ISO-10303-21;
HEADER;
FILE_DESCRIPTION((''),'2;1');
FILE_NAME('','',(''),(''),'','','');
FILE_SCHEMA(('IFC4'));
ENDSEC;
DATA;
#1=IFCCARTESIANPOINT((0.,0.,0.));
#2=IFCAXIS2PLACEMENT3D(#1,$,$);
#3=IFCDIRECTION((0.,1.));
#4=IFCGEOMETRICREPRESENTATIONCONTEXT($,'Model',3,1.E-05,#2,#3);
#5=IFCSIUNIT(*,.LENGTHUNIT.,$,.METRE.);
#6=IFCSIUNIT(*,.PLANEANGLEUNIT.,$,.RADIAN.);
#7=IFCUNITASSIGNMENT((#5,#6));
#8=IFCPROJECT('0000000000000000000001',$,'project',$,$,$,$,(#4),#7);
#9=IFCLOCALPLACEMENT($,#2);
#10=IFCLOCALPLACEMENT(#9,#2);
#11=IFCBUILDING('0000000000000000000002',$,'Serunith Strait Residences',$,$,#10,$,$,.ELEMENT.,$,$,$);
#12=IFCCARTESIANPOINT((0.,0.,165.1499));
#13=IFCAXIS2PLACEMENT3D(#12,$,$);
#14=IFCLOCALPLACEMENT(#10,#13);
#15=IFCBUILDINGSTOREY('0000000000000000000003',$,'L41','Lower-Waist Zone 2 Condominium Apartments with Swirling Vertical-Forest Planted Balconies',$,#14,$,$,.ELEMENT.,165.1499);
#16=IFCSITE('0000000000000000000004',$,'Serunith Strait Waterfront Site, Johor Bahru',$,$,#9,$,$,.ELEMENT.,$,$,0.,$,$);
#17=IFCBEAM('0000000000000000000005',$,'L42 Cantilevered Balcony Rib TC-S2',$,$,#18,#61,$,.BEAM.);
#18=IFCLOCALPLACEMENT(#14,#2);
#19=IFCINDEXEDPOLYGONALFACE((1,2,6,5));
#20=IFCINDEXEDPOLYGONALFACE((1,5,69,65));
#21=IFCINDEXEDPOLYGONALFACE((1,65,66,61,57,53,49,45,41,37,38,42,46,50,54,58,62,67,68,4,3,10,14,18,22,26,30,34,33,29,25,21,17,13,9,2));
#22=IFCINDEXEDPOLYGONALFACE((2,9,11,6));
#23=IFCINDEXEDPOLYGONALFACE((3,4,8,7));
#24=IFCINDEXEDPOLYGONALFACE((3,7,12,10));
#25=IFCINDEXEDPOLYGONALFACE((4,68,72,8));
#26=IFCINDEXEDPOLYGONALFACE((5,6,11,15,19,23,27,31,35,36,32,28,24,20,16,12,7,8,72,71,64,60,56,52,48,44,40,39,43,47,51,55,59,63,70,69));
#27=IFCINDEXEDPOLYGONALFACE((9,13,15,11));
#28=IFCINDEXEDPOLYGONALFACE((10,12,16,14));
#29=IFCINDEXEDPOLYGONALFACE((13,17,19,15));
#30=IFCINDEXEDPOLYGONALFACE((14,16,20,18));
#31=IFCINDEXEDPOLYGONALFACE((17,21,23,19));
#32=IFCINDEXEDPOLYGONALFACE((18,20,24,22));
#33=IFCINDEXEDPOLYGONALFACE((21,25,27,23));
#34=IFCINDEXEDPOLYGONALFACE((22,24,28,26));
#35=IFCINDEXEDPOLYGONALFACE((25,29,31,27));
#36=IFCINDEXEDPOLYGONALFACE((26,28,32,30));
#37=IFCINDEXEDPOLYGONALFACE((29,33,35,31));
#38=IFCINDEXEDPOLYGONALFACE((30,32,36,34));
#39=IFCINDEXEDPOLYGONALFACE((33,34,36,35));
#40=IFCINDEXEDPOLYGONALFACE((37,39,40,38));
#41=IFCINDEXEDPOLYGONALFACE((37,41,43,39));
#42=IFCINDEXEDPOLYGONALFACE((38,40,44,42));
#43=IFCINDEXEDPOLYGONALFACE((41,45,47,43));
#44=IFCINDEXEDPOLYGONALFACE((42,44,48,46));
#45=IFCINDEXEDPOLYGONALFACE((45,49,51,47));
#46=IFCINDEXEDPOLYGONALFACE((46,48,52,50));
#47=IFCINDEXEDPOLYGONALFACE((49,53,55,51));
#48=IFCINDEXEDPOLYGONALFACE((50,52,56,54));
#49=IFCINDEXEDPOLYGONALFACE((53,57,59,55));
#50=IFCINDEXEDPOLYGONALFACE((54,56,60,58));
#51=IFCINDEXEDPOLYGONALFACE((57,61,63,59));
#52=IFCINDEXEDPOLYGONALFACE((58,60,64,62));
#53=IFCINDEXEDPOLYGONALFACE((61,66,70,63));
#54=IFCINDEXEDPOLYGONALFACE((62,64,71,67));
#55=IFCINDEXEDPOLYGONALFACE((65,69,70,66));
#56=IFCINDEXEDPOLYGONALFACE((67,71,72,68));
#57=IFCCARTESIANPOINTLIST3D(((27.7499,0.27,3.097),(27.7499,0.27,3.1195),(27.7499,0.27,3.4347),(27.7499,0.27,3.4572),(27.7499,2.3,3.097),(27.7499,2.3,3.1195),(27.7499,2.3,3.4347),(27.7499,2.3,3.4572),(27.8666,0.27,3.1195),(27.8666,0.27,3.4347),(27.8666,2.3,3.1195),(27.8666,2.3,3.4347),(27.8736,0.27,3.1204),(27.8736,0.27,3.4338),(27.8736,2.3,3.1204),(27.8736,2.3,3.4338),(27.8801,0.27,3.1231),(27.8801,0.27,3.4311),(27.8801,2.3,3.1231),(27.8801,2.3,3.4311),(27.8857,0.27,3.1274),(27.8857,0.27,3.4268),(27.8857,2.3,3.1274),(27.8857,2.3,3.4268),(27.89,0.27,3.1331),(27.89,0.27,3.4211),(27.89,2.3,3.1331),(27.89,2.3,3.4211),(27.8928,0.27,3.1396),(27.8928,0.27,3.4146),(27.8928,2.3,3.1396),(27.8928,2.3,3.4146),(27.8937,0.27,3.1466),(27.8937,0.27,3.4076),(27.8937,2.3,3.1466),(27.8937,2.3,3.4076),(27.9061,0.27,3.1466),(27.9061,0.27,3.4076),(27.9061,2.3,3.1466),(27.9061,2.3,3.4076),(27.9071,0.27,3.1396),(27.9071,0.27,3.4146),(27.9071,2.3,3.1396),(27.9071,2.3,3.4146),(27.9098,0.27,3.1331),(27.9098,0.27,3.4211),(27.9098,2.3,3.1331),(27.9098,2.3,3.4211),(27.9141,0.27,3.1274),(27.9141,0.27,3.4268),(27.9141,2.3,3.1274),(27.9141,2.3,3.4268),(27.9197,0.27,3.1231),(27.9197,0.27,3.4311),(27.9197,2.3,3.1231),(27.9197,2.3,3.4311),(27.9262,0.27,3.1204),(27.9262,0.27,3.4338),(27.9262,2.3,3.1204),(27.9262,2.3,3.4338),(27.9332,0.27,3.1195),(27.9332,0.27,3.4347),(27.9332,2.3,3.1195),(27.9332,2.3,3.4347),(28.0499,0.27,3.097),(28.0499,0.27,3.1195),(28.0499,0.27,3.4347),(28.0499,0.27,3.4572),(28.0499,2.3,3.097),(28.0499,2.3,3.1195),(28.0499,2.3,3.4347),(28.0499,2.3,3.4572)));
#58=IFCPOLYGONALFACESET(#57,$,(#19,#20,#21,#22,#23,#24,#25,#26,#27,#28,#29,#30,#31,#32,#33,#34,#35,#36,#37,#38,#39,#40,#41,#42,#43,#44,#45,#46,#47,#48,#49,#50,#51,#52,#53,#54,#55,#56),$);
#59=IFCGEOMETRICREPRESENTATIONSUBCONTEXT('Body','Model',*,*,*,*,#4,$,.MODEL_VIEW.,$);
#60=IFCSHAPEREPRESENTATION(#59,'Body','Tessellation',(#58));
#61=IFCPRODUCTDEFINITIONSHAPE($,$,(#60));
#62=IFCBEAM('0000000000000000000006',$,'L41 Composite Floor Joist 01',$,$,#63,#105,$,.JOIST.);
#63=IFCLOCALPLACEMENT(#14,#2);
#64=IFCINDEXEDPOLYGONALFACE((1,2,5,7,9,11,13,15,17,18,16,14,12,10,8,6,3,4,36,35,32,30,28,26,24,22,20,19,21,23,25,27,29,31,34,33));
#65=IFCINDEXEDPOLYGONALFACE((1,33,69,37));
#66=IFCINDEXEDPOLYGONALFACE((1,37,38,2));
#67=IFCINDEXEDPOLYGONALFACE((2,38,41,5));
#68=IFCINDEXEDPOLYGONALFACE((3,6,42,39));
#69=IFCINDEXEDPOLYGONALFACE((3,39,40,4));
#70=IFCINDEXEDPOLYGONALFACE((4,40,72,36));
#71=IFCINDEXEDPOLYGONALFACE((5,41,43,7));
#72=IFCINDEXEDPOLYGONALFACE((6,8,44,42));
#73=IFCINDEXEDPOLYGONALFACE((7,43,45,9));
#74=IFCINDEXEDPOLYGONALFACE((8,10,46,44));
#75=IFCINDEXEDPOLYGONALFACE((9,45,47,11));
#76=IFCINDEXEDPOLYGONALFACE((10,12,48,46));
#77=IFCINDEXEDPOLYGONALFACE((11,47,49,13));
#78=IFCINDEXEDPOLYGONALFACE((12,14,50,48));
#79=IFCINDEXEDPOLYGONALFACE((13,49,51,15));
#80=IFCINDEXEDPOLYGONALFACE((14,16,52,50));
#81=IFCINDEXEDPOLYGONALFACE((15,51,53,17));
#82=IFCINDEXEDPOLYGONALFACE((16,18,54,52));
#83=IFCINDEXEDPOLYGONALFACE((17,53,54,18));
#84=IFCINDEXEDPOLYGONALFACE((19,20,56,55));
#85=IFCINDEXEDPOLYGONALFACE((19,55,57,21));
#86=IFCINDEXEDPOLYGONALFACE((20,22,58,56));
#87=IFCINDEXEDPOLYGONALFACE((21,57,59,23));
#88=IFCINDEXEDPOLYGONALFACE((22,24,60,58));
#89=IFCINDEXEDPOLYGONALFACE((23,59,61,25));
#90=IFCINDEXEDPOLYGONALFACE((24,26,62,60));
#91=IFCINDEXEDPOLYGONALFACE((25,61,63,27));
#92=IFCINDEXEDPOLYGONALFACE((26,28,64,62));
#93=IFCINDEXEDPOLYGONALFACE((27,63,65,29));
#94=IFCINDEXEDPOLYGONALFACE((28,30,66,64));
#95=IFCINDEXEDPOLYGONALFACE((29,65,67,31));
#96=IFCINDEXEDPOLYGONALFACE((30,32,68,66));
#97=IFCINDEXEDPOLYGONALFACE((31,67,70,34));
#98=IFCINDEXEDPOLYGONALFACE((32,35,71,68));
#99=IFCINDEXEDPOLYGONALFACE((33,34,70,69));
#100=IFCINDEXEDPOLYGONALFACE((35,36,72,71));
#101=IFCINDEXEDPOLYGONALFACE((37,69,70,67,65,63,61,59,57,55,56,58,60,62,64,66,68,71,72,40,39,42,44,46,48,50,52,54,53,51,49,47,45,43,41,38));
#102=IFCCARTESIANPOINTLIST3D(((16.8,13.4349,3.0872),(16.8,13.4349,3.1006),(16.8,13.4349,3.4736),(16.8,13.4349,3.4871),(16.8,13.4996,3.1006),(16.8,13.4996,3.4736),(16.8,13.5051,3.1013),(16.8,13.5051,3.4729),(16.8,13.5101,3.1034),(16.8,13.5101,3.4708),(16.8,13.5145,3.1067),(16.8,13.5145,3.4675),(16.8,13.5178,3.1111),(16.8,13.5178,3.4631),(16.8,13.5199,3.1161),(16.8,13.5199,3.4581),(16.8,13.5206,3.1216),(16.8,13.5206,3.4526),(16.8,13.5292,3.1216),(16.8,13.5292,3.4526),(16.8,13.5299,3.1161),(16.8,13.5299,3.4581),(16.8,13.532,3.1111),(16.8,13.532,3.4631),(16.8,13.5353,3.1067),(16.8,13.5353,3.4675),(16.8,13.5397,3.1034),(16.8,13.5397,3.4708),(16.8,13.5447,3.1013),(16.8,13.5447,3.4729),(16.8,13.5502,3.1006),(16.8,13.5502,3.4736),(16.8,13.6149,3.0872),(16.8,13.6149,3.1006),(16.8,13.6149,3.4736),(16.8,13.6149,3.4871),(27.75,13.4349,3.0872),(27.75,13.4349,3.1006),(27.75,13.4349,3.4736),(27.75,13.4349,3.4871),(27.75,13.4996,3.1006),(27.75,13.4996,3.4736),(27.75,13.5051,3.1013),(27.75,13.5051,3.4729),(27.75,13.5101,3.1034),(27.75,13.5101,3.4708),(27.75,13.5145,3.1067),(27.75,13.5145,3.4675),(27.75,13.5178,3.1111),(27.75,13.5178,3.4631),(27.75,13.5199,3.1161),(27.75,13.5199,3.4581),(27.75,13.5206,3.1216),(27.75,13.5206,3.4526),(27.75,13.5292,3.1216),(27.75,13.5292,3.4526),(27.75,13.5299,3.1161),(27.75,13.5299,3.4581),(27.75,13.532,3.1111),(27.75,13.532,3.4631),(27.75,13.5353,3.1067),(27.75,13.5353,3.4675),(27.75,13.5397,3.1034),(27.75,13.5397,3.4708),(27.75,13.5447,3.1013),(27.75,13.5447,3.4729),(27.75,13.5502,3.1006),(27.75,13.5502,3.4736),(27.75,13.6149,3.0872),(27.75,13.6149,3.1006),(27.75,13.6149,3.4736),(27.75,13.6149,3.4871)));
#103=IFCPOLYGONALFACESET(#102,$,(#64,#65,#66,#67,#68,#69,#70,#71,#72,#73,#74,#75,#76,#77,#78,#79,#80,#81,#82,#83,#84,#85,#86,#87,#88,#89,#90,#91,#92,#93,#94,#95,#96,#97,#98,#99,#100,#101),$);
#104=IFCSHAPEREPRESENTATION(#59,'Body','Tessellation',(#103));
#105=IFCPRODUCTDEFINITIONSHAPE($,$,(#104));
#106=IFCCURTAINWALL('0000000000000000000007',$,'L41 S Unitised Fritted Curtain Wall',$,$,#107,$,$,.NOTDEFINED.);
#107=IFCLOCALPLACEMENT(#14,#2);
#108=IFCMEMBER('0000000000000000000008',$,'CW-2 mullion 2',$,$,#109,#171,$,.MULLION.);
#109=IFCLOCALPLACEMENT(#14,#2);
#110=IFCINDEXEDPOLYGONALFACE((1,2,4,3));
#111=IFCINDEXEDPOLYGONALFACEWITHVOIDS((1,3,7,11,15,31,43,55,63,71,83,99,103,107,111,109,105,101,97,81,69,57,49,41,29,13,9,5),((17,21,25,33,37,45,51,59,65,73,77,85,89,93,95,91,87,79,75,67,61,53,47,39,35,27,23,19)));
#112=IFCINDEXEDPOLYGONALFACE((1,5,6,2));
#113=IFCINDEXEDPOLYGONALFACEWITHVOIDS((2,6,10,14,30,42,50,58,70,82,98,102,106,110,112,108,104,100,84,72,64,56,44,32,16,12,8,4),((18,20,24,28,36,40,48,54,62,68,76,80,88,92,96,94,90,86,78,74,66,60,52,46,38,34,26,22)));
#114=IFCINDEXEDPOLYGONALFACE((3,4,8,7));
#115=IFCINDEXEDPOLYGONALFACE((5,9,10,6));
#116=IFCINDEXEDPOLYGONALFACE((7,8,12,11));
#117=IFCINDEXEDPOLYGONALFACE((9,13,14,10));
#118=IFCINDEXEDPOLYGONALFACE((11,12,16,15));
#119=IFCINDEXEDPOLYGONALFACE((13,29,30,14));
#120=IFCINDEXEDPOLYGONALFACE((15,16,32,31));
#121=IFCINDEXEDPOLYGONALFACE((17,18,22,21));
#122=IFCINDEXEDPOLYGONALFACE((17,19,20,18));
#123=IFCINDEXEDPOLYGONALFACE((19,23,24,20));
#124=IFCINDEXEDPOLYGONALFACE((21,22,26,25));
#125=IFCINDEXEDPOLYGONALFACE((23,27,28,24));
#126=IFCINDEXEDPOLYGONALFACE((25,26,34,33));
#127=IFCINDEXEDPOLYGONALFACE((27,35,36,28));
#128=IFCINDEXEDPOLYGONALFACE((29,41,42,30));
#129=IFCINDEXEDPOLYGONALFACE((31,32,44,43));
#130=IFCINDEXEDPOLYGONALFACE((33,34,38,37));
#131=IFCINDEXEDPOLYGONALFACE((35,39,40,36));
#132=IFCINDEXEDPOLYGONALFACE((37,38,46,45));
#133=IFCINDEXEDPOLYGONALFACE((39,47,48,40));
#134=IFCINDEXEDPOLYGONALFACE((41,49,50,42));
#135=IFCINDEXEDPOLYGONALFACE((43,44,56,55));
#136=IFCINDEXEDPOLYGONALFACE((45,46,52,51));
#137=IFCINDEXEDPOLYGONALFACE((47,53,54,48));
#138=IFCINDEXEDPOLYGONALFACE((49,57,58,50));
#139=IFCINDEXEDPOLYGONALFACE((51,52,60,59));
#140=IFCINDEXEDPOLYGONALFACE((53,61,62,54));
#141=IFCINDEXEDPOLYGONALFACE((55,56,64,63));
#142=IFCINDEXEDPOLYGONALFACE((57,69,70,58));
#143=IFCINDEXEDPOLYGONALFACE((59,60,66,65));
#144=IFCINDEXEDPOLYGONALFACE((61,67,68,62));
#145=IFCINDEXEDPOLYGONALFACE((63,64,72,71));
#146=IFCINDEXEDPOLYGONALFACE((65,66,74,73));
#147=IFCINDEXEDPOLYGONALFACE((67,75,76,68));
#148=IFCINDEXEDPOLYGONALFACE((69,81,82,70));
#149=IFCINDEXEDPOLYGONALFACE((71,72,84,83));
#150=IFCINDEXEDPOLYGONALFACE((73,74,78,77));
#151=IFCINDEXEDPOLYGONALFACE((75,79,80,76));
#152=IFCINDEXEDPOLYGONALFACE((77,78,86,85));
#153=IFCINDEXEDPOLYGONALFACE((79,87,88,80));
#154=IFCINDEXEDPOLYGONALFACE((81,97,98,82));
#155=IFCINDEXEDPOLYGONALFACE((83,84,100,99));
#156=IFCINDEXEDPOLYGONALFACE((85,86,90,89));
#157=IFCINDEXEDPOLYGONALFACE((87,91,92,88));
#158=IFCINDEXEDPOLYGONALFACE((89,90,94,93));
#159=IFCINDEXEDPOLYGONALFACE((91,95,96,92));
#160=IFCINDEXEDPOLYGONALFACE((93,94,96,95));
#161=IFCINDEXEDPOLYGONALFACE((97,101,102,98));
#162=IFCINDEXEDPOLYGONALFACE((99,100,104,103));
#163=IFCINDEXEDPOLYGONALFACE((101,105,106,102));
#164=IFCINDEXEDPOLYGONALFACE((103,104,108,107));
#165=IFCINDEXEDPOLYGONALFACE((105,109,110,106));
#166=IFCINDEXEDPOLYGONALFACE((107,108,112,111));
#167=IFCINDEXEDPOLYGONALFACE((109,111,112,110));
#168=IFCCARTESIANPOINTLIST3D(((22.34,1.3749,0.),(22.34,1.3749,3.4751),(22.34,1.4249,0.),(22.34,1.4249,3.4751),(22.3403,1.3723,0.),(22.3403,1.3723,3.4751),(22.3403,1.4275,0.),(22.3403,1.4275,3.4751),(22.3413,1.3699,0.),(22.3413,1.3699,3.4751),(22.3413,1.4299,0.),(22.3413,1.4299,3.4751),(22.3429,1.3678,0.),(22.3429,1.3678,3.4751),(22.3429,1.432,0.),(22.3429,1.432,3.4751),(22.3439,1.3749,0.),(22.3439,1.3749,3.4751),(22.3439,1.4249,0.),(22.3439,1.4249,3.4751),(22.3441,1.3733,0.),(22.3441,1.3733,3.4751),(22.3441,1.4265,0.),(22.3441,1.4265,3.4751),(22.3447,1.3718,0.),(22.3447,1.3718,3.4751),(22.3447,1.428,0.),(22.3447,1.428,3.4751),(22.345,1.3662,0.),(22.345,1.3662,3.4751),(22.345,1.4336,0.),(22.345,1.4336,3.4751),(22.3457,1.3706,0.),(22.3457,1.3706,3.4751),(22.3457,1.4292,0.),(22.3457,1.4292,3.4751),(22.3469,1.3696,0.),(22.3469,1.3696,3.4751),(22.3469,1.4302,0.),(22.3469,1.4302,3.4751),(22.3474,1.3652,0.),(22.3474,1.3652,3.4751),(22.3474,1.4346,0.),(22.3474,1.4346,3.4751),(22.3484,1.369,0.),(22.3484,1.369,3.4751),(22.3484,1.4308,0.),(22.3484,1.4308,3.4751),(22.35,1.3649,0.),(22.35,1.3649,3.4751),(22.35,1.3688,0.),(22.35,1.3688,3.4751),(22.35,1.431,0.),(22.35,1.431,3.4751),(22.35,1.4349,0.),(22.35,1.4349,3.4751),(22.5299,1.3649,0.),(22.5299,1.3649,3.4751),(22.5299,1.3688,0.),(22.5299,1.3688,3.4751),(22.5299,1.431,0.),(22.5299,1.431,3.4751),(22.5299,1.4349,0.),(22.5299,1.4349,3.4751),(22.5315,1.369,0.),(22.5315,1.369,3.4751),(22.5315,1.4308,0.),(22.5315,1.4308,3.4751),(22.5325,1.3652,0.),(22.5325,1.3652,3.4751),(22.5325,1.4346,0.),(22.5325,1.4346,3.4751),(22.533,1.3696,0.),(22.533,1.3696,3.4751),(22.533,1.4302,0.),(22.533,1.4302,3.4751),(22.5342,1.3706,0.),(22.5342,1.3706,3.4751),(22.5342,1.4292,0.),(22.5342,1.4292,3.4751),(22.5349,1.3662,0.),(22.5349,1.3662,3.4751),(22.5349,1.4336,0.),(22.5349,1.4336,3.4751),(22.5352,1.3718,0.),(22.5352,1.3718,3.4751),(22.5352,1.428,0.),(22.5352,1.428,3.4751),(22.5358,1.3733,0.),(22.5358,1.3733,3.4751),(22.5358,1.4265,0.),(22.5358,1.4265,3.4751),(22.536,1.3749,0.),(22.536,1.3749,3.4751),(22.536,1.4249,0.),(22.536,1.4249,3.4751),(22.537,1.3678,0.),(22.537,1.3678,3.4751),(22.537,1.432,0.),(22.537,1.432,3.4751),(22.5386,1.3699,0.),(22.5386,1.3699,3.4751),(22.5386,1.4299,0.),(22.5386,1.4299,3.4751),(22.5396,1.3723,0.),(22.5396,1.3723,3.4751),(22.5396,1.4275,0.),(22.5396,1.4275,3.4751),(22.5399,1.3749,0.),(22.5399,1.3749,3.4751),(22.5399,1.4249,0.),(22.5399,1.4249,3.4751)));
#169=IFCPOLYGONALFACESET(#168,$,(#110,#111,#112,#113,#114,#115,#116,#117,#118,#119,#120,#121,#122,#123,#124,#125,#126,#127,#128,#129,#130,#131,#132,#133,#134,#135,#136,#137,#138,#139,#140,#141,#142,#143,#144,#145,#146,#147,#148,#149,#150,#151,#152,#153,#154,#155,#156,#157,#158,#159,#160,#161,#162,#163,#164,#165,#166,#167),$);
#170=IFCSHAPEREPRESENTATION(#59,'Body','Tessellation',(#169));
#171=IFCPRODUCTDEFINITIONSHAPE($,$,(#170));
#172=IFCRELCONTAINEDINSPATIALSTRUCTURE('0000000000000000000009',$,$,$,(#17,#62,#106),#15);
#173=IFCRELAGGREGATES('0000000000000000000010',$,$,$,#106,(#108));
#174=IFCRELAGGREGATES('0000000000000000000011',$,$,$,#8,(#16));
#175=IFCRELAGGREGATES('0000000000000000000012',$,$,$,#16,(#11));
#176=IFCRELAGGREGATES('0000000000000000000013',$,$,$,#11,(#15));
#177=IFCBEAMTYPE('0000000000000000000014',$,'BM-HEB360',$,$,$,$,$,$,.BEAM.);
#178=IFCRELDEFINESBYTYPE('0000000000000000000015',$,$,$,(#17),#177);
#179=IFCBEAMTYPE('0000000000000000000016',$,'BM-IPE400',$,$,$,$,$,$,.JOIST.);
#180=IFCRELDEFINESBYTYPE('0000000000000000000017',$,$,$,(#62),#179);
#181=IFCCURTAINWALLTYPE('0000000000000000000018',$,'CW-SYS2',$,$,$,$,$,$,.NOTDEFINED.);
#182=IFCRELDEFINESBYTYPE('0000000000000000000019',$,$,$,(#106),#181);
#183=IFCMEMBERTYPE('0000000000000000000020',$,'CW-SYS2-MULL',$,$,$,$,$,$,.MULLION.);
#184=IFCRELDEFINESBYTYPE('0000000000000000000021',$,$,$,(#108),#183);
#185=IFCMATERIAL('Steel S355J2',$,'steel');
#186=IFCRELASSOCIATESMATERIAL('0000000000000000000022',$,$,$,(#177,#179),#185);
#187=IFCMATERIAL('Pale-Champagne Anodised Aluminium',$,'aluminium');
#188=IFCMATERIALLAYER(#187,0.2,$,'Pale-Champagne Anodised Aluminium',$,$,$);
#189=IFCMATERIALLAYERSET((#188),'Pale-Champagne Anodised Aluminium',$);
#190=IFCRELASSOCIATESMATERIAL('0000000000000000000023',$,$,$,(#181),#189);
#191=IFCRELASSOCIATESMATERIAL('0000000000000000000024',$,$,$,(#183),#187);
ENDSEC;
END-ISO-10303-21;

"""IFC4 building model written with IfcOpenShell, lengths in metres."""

from ifc_helpers import new_model, si_unit, direction, frame, origin, origin_2d, place, context, subcontext, project, spatial, hollow_rectangle, i_section, extrude, source, transform, mapped, material, layer, layer_set, material_profile, profile_set, type_object, element, aggregate, save


model = new_model("IFC4")

# Units and contexts
model_context = context("Model", 3, precision=1e-05, world=origin(), true_north=direction((0.0, 1.0)))
body_context = subcontext(model_context, "Body", "Model", "MODEL_VIEW")
ifc_project = project(units=[si_unit("LENGTHUNIT", "METRE"), si_unit("PLANEANGLEUNIT", "RADIAN")], contexts=[model_context])

# Site, building, storey
site_placement = place(None, origin())
site = spatial("IfcSite", under=ifc_project, at=site_placement, Name="Serunith Strait Waterfront Site, Johor Bahru", CompositionType="ELEMENT", RefElevation=0.0)
building_placement = place(site_placement, origin())
building = spatial("IfcBuilding", under=site, at=building_placement, Name="Serunith Strait Residences", CompositionType="ELEMENT")
storey_placement = place(building_placement, frame((0.0, 0.0, 165.1499)))
storey = spatial("IfcBuildingStorey", under=building, at=storey_placement, Name="L41", Description="Lower-Waist Zone 2 Condominium Apartments with Swirling Vertical-Forest Planted Balconies", CompositionType="ELEMENT", Elevation=165.1499)

# Beams
ifc_material_1 = material(Name="Steel S355J2", Category="steel")
ifc_material_profile_1 = material_profile(ifc_material_1, i_section(OverallWidth=0.3, OverallDepth=0.3601, WebThickness=0.0125, FlangeThickness=0.0225, FilletRadius=0.0271, at=origin_2d()), Name="HEB 360")
ifc_profile_set_1 = profile_set([ifc_material_profile_1], Name="Steel S355J2")
beam_type_1 = type_object("IfcBeamType", Name="BM-HEB360", PredefinedType="BEAM", material=ifc_profile_set_1)
shared_shape_1 = source(origin(), body_context, "Body", "SweptSolid", [
    extrude(i_section(OverallWidth=0.3, OverallDepth=0.3601, WebThickness=0.0125, FlangeThickness=0.0225, FilletRadius=0.0271, at=origin_2d()), origin(), (0.0, 0.0, 1.0), 2.03),
])
beam_1_placement = place(storey_placement, frame((27.8999, 2.3, 3.2771), z_axis=(0.0, -1.0, 0.0), x_axis=(1.0, 0.0, 0.0)))
element("IfcBeam", 1, at=beam_1_placement, inside=storey, type_object=beam_type_1, Name="L42 Cantilevered Balcony Rib TC-S2", PredefinedType="BEAM", context=body_context, shape_type="MappedRepresentation", body=[
    mapped(shared_shape_1, transform((0.0, 0.0, 0.0), scale=1.0)),
])
ifc_material_profile_2 = material_profile(ifc_material_1, i_section(OverallWidth=0.1799, OverallDepth=0.3999, WebThickness=0.0085, FlangeThickness=0.0134, FilletRadius=0.021, at=origin_2d()), Name="IPE 400")
ifc_profile_set_2 = profile_set([ifc_material_profile_2], Name="Steel S355J2")
beam_type_2 = type_object("IfcBeamType", Name="BM-IPE400", PredefinedType="JOIST", material=ifc_profile_set_2)
shared_shape_2 = source(origin(), body_context, "Body", "SweptSolid", [
    extrude(i_section(OverallWidth=0.1799, OverallDepth=0.3999, WebThickness=0.0085, FlangeThickness=0.0134, FilletRadius=0.021, at=origin_2d()), origin(), (0.0, 0.0, 1.0), 10.95),
])
beam_2_placement = place(storey_placement, frame((16.8, 13.5249, 3.2871), z_axis=(1.0, 0.0, 0.0), x_axis=(0.0, 1.0, 0.0)))
element("IfcBeam", 2, at=beam_2_placement, inside=storey, type_object=beam_type_2, Name="L41 Composite Floor Joist 01", PredefinedType="JOIST", context=body_context, shape_type="MappedRepresentation", body=[
    mapped(shared_shape_2, transform((0.0, 0.0, 0.0), scale=1.0)),
])

# Curtain wall, member
ifc_material_2 = material(Name="Pale-Champagne Anodised Aluminium", Category="aluminium")
ifc_layer_1 = layer(ifc_material_2, 0.2, Name="Pale-Champagne Anodised Aluminium")
ifc_layer_set_1 = layer_set([ifc_layer_1], Name="Pale-Champagne Anodised Aluminium")
curtain_wall_type = type_object("IfcCurtainWallType", Name="CW-SYS2", PredefinedType="NOTDEFINED", material=ifc_layer_set_1)
curtain_wall_placement = place(storey_placement, origin())
curtain_wall = element("IfcCurtainWall", 3, at=curtain_wall_placement, inside=storey, type_object=curtain_wall_type, Name="L41 S Unitised Fritted Curtain Wall", PredefinedType="NOTDEFINED")
ifc_material_profile_3 = material_profile(ifc_material_2, hollow_rectangle(XDim=0.0701, YDim=0.2, WallThickness=0.0039, InnerFilletRadius=0.0061, OuterFilletRadius=0.01, at=origin_2d()), Name="ALU 200x70x4")
ifc_profile_set_3 = profile_set([ifc_material_profile_3], Name="Pale-Champagne Anodised Aluminium")
member_type_1 = type_object("IfcMemberType", Name="CW-SYS2-MULL", PredefinedType="MULLION", material=ifc_profile_set_3)
shared_shape_3 = source(origin(), body_context, "Body", "SweptSolid", [
    extrude(hollow_rectangle(XDim=0.0701, YDim=0.2, WallThickness=0.0039, InnerFilletRadius=0.0061, OuterFilletRadius=0.01, at=origin_2d()), origin(), (0.0, 0.0, 1.0), 3.4751),
])
member_1_placement = place(storey_placement, frame((22.4399, 1.3999, 0.0), z_axis=(0.0, 0.0, 1.0), x_axis=(0.0, 1.0, 0.0)))
member_1 = element("IfcMember", 4, at=member_1_placement, type_object=member_type_1, Name="CW-2 mullion 2", PredefinedType="MULLION", context=body_context, shape_type="MappedRepresentation", body=[
    mapped(shared_shape_3, transform((0.0, 0.0, 0.0), scale=1.0)),
])
aggregate(curtain_wall, [member_1])

save(model, "model.ifc")
